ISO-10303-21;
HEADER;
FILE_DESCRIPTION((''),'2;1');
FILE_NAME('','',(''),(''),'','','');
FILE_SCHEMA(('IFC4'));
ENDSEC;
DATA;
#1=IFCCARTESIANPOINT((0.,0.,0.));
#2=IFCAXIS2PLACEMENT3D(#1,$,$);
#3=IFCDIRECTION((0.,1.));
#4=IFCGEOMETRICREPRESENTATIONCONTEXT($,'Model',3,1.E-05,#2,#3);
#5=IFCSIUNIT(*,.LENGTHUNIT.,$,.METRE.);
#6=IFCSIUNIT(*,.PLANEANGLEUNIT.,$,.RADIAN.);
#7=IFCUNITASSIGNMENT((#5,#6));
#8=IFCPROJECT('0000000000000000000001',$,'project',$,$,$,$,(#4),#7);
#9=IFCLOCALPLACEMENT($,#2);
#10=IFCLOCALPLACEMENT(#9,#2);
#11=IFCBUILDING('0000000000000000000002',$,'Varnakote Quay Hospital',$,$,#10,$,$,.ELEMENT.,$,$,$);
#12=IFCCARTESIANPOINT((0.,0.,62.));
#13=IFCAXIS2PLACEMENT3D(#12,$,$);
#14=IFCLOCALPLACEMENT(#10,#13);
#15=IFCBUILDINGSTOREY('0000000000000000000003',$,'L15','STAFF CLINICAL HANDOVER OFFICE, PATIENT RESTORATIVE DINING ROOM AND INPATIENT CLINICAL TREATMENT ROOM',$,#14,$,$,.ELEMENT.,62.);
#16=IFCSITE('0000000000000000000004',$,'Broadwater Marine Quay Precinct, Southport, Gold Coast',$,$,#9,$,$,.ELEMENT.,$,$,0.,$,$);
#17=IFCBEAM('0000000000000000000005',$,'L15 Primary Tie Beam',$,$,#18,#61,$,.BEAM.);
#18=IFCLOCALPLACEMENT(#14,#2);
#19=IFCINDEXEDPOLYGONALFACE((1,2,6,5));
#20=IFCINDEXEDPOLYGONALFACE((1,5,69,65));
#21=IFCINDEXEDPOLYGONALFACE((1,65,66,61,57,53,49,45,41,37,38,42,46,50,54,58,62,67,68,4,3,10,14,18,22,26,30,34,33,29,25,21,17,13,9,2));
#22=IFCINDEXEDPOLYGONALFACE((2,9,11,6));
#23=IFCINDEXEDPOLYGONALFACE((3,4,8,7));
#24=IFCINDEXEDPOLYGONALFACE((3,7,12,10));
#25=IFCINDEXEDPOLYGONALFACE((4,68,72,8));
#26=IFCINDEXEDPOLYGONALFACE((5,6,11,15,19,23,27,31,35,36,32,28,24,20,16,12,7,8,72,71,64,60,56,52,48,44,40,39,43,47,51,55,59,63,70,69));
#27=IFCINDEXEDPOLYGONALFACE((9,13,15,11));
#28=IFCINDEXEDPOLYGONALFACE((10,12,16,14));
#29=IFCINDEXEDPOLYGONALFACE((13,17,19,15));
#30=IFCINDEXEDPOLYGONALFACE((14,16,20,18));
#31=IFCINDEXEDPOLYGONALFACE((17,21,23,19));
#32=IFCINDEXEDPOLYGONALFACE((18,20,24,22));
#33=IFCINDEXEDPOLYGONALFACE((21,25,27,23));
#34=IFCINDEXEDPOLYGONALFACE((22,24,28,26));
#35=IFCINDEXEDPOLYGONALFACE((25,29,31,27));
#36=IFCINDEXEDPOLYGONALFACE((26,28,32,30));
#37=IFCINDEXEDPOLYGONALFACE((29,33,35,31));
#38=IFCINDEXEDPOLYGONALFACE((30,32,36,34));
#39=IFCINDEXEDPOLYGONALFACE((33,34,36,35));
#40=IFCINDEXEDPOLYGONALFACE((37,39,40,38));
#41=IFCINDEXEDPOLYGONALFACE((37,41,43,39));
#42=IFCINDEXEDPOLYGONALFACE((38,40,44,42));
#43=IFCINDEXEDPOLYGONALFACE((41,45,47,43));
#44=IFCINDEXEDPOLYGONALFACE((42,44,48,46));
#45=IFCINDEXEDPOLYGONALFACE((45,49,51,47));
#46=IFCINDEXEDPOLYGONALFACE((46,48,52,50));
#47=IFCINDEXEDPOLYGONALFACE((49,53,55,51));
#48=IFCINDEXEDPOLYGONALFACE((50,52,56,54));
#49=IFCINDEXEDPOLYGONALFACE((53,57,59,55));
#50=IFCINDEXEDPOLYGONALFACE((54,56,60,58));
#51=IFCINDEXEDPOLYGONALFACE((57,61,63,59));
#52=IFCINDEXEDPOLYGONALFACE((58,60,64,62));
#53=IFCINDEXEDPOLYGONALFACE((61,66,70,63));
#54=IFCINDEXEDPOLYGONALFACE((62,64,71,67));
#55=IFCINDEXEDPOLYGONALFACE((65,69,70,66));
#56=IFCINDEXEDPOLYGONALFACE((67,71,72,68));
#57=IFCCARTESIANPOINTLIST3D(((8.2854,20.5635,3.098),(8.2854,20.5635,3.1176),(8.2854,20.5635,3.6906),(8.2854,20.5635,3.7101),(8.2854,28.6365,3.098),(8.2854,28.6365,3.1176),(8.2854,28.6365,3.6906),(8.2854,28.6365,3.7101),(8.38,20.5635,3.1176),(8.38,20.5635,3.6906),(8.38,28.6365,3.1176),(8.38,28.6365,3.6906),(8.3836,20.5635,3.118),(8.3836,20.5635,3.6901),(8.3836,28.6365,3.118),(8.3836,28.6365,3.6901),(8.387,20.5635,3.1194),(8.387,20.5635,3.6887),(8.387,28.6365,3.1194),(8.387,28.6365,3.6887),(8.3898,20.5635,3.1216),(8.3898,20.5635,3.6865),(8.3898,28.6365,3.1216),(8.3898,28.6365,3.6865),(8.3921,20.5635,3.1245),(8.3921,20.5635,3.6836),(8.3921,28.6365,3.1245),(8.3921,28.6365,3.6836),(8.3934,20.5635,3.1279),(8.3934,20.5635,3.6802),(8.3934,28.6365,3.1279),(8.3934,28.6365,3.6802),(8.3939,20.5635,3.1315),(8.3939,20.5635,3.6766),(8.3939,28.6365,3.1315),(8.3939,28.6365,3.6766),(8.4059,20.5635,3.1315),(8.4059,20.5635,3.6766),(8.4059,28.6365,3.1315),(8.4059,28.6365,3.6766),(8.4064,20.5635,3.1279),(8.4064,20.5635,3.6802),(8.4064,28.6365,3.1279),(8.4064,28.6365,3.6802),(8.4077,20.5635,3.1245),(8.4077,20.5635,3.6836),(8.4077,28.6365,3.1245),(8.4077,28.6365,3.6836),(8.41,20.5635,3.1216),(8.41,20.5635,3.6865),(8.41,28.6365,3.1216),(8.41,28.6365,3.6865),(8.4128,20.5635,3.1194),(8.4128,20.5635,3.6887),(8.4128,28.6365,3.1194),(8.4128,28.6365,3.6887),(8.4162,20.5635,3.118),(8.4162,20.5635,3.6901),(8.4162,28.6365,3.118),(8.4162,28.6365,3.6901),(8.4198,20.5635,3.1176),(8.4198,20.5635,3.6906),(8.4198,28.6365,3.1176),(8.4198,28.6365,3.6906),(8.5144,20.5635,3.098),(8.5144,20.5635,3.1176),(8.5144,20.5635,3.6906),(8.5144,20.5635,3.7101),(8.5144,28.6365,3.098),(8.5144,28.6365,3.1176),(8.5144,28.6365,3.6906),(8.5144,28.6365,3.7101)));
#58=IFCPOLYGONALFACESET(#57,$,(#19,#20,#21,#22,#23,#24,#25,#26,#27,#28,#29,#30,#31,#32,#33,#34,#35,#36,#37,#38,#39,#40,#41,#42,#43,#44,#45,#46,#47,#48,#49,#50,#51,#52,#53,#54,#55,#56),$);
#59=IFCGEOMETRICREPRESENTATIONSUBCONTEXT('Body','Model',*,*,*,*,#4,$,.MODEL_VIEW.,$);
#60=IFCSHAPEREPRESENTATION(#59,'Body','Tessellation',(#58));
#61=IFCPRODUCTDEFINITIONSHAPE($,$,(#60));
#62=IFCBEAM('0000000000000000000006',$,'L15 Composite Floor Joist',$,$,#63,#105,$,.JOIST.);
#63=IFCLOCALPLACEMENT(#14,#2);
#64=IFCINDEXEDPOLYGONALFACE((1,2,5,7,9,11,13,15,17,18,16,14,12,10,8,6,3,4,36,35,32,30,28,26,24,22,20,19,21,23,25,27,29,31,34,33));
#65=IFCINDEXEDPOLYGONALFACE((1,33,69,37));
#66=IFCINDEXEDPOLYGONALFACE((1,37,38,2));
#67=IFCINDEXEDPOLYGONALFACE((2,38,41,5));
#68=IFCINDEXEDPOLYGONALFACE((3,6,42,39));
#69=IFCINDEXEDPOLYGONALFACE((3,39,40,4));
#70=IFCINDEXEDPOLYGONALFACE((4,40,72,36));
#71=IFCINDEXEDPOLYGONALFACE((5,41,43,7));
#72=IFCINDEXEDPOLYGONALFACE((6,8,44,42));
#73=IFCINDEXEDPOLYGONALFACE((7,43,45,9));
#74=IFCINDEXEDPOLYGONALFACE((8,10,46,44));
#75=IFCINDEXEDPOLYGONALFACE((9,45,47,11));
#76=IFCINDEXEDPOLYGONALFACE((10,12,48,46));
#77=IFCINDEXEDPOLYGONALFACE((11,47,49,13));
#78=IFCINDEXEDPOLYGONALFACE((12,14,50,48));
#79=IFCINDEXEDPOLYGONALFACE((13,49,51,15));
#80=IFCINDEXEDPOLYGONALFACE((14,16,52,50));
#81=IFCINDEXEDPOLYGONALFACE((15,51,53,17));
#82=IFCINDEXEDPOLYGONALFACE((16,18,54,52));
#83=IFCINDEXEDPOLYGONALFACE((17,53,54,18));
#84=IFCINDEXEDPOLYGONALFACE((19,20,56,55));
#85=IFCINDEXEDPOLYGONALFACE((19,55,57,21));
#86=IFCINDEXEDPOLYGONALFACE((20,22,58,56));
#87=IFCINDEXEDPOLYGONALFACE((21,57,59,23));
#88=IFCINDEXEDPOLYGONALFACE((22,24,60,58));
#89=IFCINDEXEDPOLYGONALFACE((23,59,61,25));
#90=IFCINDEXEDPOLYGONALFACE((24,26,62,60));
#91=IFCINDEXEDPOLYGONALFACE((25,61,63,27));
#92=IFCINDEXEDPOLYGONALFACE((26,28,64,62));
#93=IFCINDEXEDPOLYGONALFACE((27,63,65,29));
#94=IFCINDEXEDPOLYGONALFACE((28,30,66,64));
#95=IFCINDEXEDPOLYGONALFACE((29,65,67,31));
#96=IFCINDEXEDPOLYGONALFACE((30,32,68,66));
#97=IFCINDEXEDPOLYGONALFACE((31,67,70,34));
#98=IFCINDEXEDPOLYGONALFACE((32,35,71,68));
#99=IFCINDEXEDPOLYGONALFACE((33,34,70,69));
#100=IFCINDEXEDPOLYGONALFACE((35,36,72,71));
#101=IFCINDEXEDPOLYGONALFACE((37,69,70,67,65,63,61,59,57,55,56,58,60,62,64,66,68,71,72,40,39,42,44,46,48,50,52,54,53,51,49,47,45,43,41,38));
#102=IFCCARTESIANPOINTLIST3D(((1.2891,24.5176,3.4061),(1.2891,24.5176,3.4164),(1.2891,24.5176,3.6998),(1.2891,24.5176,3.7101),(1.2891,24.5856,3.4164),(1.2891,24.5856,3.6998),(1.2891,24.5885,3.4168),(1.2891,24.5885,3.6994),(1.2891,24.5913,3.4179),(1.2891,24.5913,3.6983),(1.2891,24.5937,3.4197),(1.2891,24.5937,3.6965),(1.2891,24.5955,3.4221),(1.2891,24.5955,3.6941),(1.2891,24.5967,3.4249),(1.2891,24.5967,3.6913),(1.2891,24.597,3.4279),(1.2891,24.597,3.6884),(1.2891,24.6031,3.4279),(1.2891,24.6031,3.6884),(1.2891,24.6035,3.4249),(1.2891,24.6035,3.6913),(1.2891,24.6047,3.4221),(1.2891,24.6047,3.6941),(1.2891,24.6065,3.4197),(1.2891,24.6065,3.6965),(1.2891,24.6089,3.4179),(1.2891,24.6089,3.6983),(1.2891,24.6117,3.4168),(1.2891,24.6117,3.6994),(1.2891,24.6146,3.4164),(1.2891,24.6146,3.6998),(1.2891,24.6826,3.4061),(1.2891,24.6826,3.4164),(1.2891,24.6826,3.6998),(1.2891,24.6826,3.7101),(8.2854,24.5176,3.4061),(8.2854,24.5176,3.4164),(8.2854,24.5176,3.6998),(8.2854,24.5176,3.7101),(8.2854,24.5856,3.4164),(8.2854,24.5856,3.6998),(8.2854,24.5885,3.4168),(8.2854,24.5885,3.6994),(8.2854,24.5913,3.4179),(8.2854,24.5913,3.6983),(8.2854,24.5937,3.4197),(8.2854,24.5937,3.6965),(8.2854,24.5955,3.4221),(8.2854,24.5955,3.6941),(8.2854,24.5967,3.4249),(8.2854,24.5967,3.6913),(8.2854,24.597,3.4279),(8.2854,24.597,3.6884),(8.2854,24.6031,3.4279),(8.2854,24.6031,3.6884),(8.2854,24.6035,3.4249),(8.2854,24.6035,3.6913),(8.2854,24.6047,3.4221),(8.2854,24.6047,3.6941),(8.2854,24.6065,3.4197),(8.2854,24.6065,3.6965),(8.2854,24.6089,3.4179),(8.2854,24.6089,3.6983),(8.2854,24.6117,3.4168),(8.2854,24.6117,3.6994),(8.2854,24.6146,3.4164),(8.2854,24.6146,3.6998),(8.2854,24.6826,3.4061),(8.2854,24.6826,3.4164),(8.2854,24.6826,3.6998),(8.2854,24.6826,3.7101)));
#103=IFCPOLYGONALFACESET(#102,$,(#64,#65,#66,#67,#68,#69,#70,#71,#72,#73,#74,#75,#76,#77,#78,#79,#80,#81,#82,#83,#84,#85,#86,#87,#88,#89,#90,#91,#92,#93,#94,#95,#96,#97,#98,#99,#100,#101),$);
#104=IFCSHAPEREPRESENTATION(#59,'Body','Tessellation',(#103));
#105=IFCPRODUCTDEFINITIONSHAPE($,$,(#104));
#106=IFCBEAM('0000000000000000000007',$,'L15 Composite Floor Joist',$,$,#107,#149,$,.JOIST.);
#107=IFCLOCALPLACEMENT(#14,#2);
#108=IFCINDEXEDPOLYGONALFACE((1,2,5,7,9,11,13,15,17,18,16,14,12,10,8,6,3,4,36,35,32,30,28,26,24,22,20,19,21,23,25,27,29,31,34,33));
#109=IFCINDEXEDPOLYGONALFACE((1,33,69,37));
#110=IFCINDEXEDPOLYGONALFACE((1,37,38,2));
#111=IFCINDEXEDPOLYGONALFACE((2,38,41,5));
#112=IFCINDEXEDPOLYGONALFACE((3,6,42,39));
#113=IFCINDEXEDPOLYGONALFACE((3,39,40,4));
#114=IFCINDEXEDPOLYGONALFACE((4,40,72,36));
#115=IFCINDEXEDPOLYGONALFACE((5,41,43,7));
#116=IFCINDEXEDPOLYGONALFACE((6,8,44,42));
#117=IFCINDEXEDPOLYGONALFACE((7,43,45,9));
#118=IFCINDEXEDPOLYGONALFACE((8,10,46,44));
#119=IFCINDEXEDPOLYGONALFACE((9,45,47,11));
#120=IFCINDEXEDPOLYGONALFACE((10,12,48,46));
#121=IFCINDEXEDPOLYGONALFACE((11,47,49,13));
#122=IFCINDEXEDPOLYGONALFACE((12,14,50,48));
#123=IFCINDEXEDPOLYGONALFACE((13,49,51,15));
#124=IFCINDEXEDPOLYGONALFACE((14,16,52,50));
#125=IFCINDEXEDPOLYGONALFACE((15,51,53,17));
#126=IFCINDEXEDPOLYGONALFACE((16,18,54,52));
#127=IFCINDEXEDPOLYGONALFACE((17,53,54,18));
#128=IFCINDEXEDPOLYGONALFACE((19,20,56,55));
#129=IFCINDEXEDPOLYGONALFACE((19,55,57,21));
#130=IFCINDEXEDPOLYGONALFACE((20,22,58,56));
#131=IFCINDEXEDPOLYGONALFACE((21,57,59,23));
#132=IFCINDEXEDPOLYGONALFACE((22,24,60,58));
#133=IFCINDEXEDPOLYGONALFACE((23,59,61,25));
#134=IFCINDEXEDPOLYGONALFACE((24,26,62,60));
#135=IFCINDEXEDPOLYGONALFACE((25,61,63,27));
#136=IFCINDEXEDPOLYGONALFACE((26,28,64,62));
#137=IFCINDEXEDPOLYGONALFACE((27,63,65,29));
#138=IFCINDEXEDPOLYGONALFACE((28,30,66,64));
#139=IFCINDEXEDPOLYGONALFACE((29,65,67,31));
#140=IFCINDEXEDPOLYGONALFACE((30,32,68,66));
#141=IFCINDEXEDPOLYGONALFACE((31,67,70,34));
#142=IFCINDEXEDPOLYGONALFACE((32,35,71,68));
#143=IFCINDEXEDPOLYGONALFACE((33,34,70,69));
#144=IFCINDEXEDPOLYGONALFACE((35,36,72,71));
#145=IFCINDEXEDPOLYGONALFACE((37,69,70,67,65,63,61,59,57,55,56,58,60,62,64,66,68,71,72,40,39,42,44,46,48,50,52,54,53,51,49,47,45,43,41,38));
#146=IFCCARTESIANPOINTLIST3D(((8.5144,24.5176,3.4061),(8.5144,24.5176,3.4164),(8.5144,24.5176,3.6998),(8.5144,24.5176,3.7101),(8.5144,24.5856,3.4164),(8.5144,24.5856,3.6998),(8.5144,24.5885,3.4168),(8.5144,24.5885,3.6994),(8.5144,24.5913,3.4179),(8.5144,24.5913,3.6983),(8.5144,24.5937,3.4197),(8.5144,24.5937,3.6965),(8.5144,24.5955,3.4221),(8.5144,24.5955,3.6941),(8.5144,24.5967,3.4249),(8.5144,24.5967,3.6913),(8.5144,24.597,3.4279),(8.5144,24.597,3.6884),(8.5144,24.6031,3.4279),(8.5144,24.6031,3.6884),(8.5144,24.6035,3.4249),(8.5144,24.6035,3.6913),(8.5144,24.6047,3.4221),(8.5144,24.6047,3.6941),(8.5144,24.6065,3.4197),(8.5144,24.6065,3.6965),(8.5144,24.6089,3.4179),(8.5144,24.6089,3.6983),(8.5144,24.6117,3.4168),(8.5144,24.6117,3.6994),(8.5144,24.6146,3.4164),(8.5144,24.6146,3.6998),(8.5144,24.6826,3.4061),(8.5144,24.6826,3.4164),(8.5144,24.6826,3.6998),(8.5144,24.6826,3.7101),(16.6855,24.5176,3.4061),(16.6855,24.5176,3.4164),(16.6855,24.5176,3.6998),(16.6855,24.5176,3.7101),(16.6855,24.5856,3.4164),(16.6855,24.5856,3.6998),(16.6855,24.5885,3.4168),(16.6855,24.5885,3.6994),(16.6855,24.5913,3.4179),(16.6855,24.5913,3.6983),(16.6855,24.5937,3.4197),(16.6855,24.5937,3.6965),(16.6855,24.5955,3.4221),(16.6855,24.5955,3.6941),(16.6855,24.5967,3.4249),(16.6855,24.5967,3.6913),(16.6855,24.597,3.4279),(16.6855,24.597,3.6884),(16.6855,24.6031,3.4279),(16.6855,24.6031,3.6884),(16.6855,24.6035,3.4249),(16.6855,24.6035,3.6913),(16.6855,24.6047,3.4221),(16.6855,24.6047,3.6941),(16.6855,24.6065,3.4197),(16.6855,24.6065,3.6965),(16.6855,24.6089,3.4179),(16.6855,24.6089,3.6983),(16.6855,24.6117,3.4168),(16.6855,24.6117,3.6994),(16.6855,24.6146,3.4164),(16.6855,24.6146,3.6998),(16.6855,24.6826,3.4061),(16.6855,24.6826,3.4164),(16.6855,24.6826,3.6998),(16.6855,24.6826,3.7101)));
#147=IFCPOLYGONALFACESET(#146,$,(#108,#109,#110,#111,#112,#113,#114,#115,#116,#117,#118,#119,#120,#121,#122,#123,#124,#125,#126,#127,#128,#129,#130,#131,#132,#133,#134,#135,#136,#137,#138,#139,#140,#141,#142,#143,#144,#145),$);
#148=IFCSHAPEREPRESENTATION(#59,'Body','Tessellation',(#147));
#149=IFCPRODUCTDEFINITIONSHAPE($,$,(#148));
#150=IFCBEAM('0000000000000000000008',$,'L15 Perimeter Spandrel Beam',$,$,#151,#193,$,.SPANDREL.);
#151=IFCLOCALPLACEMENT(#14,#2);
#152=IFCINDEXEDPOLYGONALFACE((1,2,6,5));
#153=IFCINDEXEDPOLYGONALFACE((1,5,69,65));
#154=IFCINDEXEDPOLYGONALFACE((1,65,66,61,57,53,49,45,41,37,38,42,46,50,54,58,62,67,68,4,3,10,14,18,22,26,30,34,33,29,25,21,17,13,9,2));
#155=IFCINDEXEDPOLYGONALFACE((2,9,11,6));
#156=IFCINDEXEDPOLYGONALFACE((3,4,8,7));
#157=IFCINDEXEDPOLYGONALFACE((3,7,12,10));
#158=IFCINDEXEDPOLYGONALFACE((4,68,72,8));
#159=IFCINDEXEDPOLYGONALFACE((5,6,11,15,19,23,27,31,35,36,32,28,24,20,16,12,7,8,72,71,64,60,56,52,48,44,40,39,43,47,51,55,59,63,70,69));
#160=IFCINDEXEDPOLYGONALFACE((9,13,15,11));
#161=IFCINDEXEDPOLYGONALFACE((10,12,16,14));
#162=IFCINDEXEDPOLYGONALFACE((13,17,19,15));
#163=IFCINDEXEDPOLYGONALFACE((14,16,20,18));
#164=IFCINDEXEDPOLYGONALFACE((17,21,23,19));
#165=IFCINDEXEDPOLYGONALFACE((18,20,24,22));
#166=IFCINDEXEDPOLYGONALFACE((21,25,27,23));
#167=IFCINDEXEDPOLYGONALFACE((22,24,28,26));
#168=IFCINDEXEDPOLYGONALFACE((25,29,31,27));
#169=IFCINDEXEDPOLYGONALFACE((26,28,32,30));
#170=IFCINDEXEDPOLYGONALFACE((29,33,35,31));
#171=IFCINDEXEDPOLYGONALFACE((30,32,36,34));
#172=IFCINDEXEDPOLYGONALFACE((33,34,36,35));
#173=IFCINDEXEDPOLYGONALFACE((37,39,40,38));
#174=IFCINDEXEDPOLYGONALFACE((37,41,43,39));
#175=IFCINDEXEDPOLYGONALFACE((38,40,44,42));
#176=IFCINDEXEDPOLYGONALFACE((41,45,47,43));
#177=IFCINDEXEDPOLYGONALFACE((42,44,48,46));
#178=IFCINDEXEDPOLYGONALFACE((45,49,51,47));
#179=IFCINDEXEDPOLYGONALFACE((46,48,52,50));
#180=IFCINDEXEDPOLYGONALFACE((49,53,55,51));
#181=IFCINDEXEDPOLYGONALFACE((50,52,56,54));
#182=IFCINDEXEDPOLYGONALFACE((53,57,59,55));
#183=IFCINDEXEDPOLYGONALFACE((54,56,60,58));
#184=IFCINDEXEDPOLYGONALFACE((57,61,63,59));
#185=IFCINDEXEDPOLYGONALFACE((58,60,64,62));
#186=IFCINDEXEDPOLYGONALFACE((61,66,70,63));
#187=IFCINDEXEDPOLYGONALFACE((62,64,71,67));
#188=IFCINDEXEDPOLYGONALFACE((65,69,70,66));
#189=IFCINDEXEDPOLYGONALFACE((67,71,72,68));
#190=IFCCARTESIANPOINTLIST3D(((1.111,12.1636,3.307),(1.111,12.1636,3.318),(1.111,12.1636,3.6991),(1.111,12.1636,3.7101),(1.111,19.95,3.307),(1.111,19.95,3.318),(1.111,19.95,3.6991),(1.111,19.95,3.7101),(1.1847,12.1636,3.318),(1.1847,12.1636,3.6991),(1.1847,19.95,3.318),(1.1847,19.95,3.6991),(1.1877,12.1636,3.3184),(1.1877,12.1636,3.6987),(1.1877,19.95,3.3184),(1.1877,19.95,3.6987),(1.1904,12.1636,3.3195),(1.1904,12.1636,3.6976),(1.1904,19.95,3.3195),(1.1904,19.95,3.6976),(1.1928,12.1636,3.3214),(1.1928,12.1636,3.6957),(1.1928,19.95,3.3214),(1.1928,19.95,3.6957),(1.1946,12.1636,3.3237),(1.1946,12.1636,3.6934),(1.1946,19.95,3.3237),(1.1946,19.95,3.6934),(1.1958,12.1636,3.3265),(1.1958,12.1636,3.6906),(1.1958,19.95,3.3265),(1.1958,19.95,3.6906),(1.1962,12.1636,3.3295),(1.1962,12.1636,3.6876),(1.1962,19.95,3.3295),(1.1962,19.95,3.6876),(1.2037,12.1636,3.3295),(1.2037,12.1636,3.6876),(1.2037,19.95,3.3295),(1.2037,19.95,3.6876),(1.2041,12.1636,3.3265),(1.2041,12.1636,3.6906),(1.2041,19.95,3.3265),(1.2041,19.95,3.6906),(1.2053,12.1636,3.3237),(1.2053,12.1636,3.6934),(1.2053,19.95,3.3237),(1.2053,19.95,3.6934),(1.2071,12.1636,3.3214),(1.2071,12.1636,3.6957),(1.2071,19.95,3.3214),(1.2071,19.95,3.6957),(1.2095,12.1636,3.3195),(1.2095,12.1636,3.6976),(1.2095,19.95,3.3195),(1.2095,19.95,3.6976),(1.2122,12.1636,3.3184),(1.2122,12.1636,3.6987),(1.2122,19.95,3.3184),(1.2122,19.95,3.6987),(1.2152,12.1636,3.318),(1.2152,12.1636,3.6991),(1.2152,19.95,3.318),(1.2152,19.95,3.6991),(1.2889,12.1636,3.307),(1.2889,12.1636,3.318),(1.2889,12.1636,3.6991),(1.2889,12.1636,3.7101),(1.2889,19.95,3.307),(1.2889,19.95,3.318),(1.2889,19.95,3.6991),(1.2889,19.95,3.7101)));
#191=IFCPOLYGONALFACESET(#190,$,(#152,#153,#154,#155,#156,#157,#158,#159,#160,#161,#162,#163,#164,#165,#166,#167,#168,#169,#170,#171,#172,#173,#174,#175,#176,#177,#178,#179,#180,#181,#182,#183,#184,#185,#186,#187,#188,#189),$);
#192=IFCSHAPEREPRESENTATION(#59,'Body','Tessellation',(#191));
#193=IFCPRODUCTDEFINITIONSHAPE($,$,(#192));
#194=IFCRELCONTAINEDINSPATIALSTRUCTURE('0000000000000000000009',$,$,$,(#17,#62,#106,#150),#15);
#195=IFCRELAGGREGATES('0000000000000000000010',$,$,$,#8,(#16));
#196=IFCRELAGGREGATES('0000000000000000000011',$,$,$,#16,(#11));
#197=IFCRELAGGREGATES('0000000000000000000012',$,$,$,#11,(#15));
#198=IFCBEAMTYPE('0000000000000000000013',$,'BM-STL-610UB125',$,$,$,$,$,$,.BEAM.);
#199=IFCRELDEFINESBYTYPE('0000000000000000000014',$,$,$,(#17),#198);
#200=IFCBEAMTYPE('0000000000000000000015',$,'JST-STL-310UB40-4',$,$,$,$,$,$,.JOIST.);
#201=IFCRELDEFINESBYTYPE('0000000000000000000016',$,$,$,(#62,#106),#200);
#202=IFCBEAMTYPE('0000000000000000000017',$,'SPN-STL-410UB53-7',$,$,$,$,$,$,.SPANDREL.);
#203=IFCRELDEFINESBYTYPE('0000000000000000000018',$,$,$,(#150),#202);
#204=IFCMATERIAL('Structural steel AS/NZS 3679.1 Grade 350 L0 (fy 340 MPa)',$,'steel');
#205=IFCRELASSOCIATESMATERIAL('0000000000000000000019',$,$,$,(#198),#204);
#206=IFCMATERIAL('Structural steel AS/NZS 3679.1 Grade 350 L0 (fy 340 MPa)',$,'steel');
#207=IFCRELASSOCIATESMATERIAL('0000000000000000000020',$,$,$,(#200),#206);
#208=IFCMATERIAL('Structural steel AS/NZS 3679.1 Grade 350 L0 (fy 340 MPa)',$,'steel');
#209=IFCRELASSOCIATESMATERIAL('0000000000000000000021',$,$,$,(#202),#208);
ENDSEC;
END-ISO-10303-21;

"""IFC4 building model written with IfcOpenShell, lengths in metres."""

from ifc_helpers import new_model, si_unit, direction, frame, origin, origin_2d, place, context, subcontext, project, spatial, i_section, extrude, material, material_profile, profile_set, type_object, element, save


model = new_model("IFC4")

# Units and contexts
model_context = context("Model", 3, precision=1e-05, world=origin(), true_north=direction((0.0, 1.0)))
body_context = subcontext(model_context, "Body", "Model", "MODEL_VIEW")
ifc_project = project(units=[si_unit("LENGTHUNIT", "METRE"), si_unit("PLANEANGLEUNIT", "RADIAN")], contexts=[model_context])

# Site, building, storey
site_placement = place(None, origin())
site = spatial("IfcSite", under=ifc_project, at=site_placement, Name="Broadwater Marine Quay Precinct, Southport, Gold Coast", CompositionType="ELEMENT", RefElevation=0.0)
building_placement = place(site_placement, origin())
building = spatial("IfcBuilding", under=site, at=building_placement, Name="Varnakote Quay Hospital", CompositionType="ELEMENT")
storey_placement = place(building_placement, frame((0.0, 0.0, 62.0)))
storey = spatial("IfcBuildingStorey", under=building, at=storey_placement, Name="L15", Description="STAFF CLINICAL HANDOVER OFFICE, PATIENT RESTORATIVE DINING ROOM AND INPATIENT CLINICAL TREATMENT ROOM", CompositionType="ELEMENT", Elevation=62.0)

# Beams
ifc_material_1 = material(Name="Structural steel AS/NZS 3679.1 Grade 350 L0 (fy 340 MPa)", Category="steel")
ifc_material_profile_1 = material_profile(ifc_material_1, i_section(OverallWidth=0.229, OverallDepth=0.6121, WebThickness=0.012, FlangeThickness=0.0195, FilletRadius=0.0139, at=origin_2d()), Name="610UB125")
ifc_profile_set_1 = profile_set([ifc_material_profile_1], Name="Structural steel AS/NZS 3679.1 Grade 350 L0 (fy 340 MPa)")
beam_type_1 = type_object("IfcBeamType", Name="BM-STL-610UB125", PredefinedType="BEAM", material=ifc_profile_set_1)
beam_1_placement = place(storey_placement, frame((8.3999, 20.5635, 3.4041), z_axis=(0.0, 1.0, 0.0), x_axis=(-1.0, 0.0, 0.0)))
element("IfcBeam", 1, at=beam_1_placement, inside=storey, type_object=beam_type_1, Name="L15 Primary Tie Beam", PredefinedType="BEAM", context=body_context, shape_type="SweptSolid", body=[
    extrude(i_section(OverallWidth=0.229, OverallDepth=0.6121, WebThickness=0.012, FlangeThickness=0.0195, FilletRadius=0.0139, at=origin_2d()), origin(), (0.0, 0.0, 1.0), 8.073),
])
ifc_material_2 = material(Name="Structural steel AS/NZS 3679.1 Grade 350 L0 (fy 340 MPa)", Category="steel")
ifc_material_profile_2 = material_profile(ifc_material_2, i_section(OverallWidth=0.165, OverallDepth=0.304, WebThickness=0.0061, FlangeThickness=0.0103, FilletRadius=0.0115, at=origin_2d()), Name="310UB40.4")
ifc_profile_set_2 = profile_set([ifc_material_profile_2], Name="Structural steel AS/NZS 3679.1 Grade 350 L0 (fy 340 MPa)")
beam_type_2 = type_object("IfcBeamType", Name="JST-STL-310UB40-4", PredefinedType="JOIST", material=ifc_profile_set_2)
beam_2_placement = place(storey_placement, frame((1.2891, 24.6001, 3.5581), z_axis=(1.0, 0.0, 0.0), x_axis=(0.0, 1.0, 0.0)))
element("IfcBeam", 2, at=beam_2_placement, inside=storey, type_object=beam_type_2, Name="L15 Composite Floor Joist", PredefinedType="JOIST", context=body_context, shape_type="SweptSolid", body=[
    extrude(i_section(OverallWidth=0.165, OverallDepth=0.304, WebThickness=0.0061, FlangeThickness=0.0103, FilletRadius=0.0115, at=origin_2d()), origin(), (0.0, 0.0, 1.0), 6.9963),
])
beam_3_placement = place(storey_placement, frame((8.5144, 24.6001, 3.5581), z_axis=(1.0, 0.0, 0.0), x_axis=(0.0, 1.0, 0.0)))
element("IfcBeam", 3, at=beam_3_placement, inside=storey, type_object=beam_type_2, Name="L15 Composite Floor Joist", PredefinedType="JOIST", context=body_context, shape_type="SweptSolid", body=[
    extrude(i_section(OverallWidth=0.165, OverallDepth=0.304, WebThickness=0.0061, FlangeThickness=0.0103, FilletRadius=0.0115, at=origin_2d()), origin(), (0.0, 0.0, 1.0), 8.1711),
])
ifc_material_3 = material(Name="Structural steel AS/NZS 3679.1 Grade 350 L0 (fy 340 MPa)", Category="steel")
ifc_material_profile_3 = material_profile(ifc_material_3, i_section(OverallWidth=0.178, OverallDepth=0.4031, WebThickness=0.0076, FlangeThickness=0.011, FilletRadius=0.0115, at=origin_2d()), Name="410UB53.7")
ifc_profile_set_3 = profile_set([ifc_material_profile_3], Name="Structural steel AS/NZS 3679.1 Grade 350 L0 (fy 340 MPa)")
beam_type_3 = type_object("IfcBeamType", Name="SPN-STL-410UB53-7", PredefinedType="SPANDREL", material=ifc_profile_set_3)
beam_4_placement = place(storey_placement, frame((1.2, 12.1636, 3.5085), z_axis=(0.0, 1.0, 0.0), x_axis=(-1.0, 0.0, 0.0)))
element("IfcBeam", 4, at=beam_4_placement, inside=storey, type_object=beam_type_3, Name="L15 Perimeter Spandrel Beam", PredefinedType="SPANDREL", context=body_context, shape_type="SweptSolid", body=[
    extrude(i_section(OverallWidth=0.178, OverallDepth=0.4031, WebThickness=0.0076, FlangeThickness=0.011, FilletRadius=0.0115, at=origin_2d()), origin(), (0.0, 0.0, 1.0), 7.7864),
])

save(model, "model.ifc")
